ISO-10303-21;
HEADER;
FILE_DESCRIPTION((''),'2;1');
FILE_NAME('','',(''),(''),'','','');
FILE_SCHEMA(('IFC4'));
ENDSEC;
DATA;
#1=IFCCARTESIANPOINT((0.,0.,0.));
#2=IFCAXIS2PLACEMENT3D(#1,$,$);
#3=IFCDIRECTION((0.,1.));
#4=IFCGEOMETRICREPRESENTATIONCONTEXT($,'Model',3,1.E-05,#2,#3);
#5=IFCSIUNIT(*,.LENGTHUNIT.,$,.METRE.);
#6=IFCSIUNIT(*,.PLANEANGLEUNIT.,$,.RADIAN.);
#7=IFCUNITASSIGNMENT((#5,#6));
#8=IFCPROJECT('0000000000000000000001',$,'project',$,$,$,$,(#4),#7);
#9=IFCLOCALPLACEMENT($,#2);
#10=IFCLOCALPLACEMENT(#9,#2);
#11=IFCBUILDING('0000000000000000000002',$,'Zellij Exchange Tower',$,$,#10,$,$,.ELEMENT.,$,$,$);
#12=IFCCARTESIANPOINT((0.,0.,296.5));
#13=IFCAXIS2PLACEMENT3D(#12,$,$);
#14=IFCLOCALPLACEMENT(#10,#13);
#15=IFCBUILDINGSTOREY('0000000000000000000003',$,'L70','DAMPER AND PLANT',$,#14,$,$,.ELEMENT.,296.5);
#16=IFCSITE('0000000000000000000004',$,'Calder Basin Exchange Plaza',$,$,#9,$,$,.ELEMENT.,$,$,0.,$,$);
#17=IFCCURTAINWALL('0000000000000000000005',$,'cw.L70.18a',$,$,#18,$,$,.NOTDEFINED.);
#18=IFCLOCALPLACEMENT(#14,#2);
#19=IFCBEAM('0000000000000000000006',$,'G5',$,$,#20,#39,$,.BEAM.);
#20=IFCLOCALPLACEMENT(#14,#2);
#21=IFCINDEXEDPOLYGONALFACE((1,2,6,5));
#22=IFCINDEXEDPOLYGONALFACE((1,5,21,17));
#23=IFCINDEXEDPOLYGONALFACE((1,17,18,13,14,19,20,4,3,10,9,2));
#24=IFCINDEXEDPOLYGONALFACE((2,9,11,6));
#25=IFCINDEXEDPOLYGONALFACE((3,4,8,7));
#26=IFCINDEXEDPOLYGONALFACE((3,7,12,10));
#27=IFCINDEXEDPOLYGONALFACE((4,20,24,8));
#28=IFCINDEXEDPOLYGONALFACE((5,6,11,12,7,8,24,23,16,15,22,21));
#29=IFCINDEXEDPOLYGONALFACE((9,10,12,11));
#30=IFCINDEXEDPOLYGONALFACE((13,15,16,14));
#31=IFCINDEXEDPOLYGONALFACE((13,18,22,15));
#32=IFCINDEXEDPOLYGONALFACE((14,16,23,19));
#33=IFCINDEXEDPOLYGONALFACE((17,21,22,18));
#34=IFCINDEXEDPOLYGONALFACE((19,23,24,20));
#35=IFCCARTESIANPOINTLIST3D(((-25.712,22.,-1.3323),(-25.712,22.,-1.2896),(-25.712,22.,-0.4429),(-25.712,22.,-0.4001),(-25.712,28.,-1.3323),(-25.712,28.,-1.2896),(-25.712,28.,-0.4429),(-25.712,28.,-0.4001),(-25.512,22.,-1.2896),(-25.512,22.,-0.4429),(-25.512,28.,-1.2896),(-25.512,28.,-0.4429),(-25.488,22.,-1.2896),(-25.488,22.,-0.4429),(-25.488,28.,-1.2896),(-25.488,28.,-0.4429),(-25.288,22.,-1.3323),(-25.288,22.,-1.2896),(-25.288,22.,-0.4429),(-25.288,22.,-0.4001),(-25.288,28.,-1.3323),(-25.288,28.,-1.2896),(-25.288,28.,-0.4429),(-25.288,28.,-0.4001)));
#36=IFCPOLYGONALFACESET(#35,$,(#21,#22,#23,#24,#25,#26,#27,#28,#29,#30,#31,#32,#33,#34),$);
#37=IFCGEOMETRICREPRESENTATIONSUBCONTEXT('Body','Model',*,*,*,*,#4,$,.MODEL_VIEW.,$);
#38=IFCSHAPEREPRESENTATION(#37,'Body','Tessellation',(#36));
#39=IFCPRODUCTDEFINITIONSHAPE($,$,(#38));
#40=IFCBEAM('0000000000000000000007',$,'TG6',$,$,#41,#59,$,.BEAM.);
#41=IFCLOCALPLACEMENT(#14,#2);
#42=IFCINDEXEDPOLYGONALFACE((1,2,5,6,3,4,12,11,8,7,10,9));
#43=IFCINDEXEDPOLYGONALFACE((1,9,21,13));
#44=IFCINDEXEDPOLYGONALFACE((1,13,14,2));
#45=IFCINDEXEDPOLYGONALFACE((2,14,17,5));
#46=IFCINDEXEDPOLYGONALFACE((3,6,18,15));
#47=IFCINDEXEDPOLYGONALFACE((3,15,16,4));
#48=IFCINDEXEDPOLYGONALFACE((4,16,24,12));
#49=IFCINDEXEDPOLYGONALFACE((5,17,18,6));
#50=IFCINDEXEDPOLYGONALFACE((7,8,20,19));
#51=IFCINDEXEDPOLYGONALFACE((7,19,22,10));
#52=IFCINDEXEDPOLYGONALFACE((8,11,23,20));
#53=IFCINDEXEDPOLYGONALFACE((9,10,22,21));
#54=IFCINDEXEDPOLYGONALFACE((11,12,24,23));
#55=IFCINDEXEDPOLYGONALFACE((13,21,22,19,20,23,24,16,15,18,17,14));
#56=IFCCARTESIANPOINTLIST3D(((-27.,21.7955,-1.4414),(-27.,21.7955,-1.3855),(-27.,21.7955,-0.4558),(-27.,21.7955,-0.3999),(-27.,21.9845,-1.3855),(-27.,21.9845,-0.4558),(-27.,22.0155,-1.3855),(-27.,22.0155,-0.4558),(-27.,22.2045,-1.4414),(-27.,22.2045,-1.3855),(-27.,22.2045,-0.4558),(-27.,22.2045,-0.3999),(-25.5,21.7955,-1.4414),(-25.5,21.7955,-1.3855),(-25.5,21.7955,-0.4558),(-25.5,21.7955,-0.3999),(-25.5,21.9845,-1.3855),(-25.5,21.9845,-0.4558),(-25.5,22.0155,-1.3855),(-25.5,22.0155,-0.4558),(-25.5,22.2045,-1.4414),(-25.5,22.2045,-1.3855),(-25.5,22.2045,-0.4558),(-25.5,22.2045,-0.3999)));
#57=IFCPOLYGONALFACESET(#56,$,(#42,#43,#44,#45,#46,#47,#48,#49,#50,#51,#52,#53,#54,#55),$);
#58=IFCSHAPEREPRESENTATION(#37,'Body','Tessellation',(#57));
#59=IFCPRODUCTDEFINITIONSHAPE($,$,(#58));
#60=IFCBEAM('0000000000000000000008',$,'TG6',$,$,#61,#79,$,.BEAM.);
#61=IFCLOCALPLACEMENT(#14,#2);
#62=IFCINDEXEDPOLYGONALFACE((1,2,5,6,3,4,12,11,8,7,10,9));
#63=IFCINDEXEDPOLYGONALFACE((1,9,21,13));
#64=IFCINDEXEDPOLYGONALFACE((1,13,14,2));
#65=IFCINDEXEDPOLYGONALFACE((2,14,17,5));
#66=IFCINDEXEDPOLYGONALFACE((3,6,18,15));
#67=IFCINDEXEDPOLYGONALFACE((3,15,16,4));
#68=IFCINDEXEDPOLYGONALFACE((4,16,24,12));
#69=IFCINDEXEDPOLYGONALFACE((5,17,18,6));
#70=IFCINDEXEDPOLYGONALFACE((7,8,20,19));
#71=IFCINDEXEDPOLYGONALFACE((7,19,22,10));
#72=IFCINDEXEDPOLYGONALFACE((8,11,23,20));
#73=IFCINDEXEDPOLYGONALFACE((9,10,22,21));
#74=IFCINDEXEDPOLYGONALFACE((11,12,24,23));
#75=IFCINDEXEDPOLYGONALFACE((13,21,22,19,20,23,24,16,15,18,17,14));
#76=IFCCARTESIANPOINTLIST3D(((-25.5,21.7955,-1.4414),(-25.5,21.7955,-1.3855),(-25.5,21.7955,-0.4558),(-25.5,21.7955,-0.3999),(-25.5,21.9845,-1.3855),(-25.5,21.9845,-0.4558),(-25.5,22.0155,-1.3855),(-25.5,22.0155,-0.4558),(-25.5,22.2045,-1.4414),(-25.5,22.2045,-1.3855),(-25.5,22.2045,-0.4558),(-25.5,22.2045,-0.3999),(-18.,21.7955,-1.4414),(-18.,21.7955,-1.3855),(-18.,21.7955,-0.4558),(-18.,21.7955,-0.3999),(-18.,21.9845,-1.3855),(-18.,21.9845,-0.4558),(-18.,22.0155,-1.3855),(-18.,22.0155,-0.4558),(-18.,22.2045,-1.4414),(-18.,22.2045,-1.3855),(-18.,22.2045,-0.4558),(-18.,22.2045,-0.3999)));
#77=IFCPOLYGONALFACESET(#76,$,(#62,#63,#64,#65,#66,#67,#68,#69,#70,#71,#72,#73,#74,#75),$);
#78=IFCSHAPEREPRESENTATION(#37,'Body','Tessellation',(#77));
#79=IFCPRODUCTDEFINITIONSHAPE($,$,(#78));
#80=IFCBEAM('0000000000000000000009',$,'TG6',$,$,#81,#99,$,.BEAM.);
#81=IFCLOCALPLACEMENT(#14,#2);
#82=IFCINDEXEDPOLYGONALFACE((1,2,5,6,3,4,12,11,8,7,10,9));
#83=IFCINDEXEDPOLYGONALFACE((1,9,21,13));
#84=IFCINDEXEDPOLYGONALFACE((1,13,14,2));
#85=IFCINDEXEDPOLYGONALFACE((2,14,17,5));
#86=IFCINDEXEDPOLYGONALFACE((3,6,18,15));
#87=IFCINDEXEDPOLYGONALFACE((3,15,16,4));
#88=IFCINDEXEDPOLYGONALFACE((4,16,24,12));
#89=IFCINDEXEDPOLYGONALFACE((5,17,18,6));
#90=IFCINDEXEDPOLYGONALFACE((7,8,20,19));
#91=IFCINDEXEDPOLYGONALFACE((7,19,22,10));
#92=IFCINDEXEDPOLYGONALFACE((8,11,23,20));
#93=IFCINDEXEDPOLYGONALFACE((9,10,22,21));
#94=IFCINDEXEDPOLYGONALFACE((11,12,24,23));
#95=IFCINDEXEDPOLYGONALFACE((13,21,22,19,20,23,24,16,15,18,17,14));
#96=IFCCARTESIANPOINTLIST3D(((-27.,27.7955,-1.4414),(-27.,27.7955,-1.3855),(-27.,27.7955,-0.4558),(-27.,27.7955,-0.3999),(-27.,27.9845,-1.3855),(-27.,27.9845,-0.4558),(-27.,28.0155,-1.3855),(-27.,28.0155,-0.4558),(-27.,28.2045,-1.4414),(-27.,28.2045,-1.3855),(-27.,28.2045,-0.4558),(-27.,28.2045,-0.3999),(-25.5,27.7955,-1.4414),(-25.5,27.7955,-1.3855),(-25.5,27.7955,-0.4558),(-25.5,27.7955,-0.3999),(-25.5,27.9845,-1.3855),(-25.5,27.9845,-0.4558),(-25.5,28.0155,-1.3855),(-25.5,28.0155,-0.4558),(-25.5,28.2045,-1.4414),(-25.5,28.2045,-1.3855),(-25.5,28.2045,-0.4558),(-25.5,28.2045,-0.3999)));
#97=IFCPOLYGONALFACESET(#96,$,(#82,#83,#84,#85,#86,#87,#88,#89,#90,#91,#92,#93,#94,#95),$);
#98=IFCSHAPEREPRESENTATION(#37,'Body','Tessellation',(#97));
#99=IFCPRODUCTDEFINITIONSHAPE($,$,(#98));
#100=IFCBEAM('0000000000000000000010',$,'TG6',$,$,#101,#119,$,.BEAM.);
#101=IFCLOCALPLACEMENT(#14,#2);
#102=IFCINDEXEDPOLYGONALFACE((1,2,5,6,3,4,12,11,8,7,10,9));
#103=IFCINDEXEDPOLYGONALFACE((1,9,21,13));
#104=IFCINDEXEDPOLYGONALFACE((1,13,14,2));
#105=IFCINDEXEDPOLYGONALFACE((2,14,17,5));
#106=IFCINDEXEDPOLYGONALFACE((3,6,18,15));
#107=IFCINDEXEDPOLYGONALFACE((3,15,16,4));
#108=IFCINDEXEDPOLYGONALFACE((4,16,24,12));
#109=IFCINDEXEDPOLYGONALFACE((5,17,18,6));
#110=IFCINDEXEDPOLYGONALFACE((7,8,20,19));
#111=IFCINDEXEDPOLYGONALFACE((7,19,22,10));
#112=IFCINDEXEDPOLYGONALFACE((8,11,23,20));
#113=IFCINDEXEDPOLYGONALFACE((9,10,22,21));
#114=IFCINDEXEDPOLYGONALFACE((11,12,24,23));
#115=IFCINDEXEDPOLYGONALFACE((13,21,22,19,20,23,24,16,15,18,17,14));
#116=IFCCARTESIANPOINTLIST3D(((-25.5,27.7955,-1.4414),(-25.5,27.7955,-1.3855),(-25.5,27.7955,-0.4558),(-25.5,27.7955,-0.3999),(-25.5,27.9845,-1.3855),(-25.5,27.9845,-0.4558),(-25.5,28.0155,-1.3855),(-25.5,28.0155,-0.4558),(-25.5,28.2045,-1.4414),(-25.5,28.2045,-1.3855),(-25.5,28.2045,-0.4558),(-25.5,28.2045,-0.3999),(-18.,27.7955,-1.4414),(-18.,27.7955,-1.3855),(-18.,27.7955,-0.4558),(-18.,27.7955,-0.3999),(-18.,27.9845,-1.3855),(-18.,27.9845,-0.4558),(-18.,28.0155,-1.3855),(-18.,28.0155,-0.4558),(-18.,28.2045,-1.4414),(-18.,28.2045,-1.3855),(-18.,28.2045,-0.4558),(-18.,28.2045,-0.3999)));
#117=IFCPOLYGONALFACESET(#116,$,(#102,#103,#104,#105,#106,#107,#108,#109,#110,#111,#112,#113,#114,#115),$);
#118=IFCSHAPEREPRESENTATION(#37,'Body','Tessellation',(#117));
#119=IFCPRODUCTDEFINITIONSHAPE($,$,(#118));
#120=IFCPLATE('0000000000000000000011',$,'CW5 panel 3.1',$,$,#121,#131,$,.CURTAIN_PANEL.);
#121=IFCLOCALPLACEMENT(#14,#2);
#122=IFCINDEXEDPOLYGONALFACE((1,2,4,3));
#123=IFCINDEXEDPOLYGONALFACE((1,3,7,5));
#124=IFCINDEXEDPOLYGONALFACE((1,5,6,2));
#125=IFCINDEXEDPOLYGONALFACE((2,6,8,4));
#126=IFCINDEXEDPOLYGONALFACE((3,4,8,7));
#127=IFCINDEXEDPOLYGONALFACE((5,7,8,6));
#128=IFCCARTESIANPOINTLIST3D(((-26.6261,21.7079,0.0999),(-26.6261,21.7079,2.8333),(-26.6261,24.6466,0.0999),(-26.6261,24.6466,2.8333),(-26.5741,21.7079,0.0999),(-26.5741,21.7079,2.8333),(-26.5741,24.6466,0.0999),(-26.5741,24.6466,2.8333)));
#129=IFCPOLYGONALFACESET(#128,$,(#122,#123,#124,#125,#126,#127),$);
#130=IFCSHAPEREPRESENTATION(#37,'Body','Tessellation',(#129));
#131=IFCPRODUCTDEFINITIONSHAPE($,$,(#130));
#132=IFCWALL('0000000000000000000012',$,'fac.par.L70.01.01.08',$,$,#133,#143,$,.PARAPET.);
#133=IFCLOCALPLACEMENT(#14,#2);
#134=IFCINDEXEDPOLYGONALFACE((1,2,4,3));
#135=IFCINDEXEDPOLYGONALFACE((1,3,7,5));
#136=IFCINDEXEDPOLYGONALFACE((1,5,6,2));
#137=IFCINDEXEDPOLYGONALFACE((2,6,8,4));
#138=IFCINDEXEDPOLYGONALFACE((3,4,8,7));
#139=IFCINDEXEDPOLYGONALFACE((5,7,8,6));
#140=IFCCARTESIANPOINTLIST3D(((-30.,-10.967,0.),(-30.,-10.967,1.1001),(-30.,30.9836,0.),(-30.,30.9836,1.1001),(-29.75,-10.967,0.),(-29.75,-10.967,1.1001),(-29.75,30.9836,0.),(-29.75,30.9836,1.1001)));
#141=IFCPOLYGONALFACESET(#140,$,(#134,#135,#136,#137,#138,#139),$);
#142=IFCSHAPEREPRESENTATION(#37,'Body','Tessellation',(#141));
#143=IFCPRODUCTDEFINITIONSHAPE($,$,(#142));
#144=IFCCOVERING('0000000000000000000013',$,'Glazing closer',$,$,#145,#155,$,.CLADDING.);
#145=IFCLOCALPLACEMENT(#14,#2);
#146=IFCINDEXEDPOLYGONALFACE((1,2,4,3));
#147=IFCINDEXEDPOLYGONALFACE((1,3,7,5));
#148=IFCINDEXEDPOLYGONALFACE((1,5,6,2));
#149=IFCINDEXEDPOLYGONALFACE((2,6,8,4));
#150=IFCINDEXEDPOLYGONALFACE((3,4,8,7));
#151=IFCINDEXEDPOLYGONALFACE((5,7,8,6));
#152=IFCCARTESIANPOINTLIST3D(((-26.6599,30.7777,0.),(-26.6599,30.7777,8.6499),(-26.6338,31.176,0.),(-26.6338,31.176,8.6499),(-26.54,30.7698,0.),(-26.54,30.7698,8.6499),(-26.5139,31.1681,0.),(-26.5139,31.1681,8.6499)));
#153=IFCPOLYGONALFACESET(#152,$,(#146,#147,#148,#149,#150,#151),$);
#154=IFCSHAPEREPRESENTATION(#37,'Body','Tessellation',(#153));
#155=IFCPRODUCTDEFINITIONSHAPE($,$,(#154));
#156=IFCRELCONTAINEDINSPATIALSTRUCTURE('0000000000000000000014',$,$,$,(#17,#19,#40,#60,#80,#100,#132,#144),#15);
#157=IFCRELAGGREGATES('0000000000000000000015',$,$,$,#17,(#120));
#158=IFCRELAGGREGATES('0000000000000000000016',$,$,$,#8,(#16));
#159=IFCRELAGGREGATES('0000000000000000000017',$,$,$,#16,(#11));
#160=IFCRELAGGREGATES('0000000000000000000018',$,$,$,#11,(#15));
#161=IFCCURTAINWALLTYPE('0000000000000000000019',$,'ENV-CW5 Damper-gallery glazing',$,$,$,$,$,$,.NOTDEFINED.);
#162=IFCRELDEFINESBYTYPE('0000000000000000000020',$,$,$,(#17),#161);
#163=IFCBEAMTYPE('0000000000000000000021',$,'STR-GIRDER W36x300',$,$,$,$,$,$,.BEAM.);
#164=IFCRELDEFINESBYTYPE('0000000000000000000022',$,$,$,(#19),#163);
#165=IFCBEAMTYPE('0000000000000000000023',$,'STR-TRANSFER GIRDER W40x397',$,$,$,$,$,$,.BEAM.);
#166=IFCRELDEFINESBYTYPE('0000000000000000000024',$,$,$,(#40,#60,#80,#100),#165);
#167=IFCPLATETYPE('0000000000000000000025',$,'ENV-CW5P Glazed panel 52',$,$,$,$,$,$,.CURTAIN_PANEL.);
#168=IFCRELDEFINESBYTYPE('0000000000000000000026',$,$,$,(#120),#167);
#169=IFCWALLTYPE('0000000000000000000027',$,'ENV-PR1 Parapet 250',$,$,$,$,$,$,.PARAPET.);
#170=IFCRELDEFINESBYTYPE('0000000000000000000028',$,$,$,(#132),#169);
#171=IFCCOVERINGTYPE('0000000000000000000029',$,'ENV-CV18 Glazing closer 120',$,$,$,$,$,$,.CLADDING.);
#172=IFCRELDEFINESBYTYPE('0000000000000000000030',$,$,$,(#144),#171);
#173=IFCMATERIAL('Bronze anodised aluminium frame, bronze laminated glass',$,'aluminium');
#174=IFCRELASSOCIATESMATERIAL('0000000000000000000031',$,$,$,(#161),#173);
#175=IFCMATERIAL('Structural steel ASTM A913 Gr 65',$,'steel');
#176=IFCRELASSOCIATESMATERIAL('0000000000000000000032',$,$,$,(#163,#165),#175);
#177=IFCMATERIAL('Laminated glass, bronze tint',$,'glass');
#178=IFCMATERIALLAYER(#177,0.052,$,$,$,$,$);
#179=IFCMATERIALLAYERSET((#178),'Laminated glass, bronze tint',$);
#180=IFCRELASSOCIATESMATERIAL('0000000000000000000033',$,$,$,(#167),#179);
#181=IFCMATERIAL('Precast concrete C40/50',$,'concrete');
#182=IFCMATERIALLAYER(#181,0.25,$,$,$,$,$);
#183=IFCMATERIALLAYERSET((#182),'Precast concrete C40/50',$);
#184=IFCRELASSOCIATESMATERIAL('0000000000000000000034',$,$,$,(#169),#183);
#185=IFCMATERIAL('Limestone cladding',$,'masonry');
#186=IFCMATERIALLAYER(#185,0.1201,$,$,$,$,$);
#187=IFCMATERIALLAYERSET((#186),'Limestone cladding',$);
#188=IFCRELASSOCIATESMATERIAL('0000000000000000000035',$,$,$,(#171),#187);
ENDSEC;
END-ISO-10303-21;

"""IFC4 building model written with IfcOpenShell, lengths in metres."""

from ifc_helpers import new_model, si_unit, direction, frame, frame_2d, origin, origin_2d, place, context, subcontext, project, spatial, rectangle, i_section, extrude, material, layer, layer_set, material_profile, profile_set, type_object, element, aggregate, save


model = new_model("IFC4")

# Units and contexts
model_context = context("Model", 3, precision=1e-05, world=origin(), true_north=direction((0.0, 1.0)))
body_context = subcontext(model_context, "Body", "Model", "MODEL_VIEW")
ifc_project = project(units=[si_unit("LENGTHUNIT", "METRE"), si_unit("PLANEANGLEUNIT", "RADIAN")], contexts=[model_context])

# Site, building, storey
site_placement = place(None, origin())
site = spatial("IfcSite", under=ifc_project, at=site_placement, Name="Calder Basin Exchange Plaza", CompositionType="ELEMENT", RefElevation=0.0)
building_placement = place(site_placement, origin())
building = spatial("IfcBuilding", under=site, at=building_placement, Name="Zellij Exchange Tower", CompositionType="ELEMENT")
storey_placement = place(building_placement, frame((0.0, 0.0, 296.5)))
storey = spatial("IfcBuildingStorey", under=building, at=storey_placement, Name="L70", Description="DAMPER AND PLANT", CompositionType="ELEMENT", Elevation=296.5)

# Shared definitions
ifc_material_1 = material(Name="Bronze anodised aluminium frame, bronze laminated glass", Category="aluminium")
curtain_wall_type = type_object("IfcCurtainWallType", Name="ENV-CW5 Damper-gallery glazing", PredefinedType="NOTDEFINED", material=ifc_material_1)

# Curtain wall
curtain_wall_1_placement = place(storey_placement, origin())
curtain_wall_1 = element("IfcCurtainWall", 1, at=curtain_wall_1_placement, inside=storey, type_object=curtain_wall_type, Name="cw.L70.18a", PredefinedType="NOTDEFINED")

# Beams
ifc_material_2 = material(Name="Structural steel ASTM A913 Gr 65", Category="steel")
ifc_material_profile_1 = material_profile(ifc_material_2, i_section(OverallWidth=0.4241, OverallDepth=0.9321, WebThickness=0.0239, FlangeThickness=0.0427, at=origin_2d()), Name="W36x300")
ifc_profile_set_1 = profile_set([ifc_material_profile_1], Name="Structural steel ASTM A913 Gr 65")
beam_type_1 = type_object("IfcBeamType", Name="STR-GIRDER W36x300", PredefinedType="BEAM", material=ifc_profile_set_1)
beam_1_placement = place(storey_placement, frame((-25.5, 22.0, -0.8662), z_axis=(0.0, 1.0, 0.0), x_axis=(-1.0, 0.0, 0.0)))
element("IfcBeam", 2, at=beam_1_placement, inside=storey, type_object=beam_type_1, Name="G5", PredefinedType="BEAM", context=body_context, shape_type="SweptSolid", body=[
    extrude(i_section(OverallWidth=0.4241, OverallDepth=0.9321, WebThickness=0.0239, FlangeThickness=0.0427, at=origin_2d()), origin(), (0.0, 0.0, 1.0), 6.0),
])
ifc_material_profile_2 = material_profile(ifc_material_2, i_section(OverallWidth=0.4089, OverallDepth=1.0415, WebThickness=0.031, FlangeThickness=0.0559, at=origin_2d()), Name="W40x397")
ifc_profile_set_2 = profile_set([ifc_material_profile_2], Name="Structural steel ASTM A913 Gr 65")
beam_type_2 = type_object("IfcBeamType", Name="STR-TRANSFER GIRDER W40x397", PredefinedType="BEAM", material=ifc_profile_set_2)
beam_2_placement = place(storey_placement, frame((-27.0, 22.0, -0.9207), z_axis=(1.0, 0.0, 0.0), x_axis=(0.0, 1.0, 0.0)))
element("IfcBeam", 3, at=beam_2_placement, inside=storey, type_object=beam_type_2, Name="TG6", PredefinedType="BEAM", context=body_context, shape_type="SweptSolid", body=[
    extrude(i_section(OverallWidth=0.4089, OverallDepth=1.0415, WebThickness=0.031, FlangeThickness=0.0559, at=origin_2d()), origin(), (0.0, 0.0, 1.0), 1.5),
])
beam_3_placement = place(storey_placement, frame((-25.5, 22.0, -0.9207), z_axis=(1.0, 0.0, 0.0), x_axis=(0.0, 1.0, 0.0)))
element("IfcBeam", 4, at=beam_3_placement, inside=storey, type_object=beam_type_2, Name="TG6", PredefinedType="BEAM", context=body_context, shape_type="SweptSolid", body=[
    extrude(i_section(OverallWidth=0.4089, OverallDepth=1.0415, WebThickness=0.031, FlangeThickness=0.0559, at=origin_2d()), origin(), (0.0, 0.0, 1.0), 7.5),
])
beam_4_placement = place(storey_placement, frame((-27.0, 28.0, -0.9207), z_axis=(1.0, 0.0, 0.0), x_axis=(0.0, 1.0, 0.0)))
element("IfcBeam", 5, at=beam_4_placement, inside=storey, type_object=beam_type_2, Name="TG6", PredefinedType="BEAM", context=body_context, shape_type="SweptSolid", body=[
    extrude(i_section(OverallWidth=0.4089, OverallDepth=1.0415, WebThickness=0.031, FlangeThickness=0.0559, at=origin_2d()), origin(), (0.0, 0.0, 1.0), 1.5),
])
beam_5_placement = place(storey_placement, frame((-25.5, 28.0, -0.9207), z_axis=(1.0, 0.0, 0.0), x_axis=(0.0, 1.0, 0.0)))
element("IfcBeam", 6, at=beam_5_placement, inside=storey, type_object=beam_type_2, Name="TG6", PredefinedType="BEAM", context=body_context, shape_type="SweptSolid", body=[
    extrude(i_section(OverallWidth=0.4089, OverallDepth=1.0415, WebThickness=0.031, FlangeThickness=0.0559, at=origin_2d()), origin(), (0.0, 0.0, 1.0), 7.5),
])

# Plate
ifc_material_3 = material(Name="Laminated glass, bronze tint", Category="glass")
ifc_layer_1 = layer(ifc_material_3, 0.052)
ifc_layer_set_1 = layer_set([ifc_layer_1], Name="Laminated glass, bronze tint")
plate_type = type_object("IfcPlateType", Name="ENV-CW5P Glazed panel 52", PredefinedType="CURTAIN_PANEL", material=ifc_layer_set_1)
plate_placement = place(storey_placement, frame((-26.6001, 23.1772, 0.0999), z_axis=(0.0, 0.0, 1.0), x_axis=(0.0, -1.0, 0.0)))
plate = element("IfcPlate", 7, at=plate_placement, type_object=plate_type, Name="CW5 panel 3.1", PredefinedType="CURTAIN_PANEL", context=body_context, shape_type="SweptSolid", body=[
    extrude(rectangle(XDim=2.9387, YDim=0.052, at=origin_2d()), origin(), (0.0, 0.0, 1.0), 2.7334),
])
aggregate(curtain_wall_1, [plate])

# Wall
ifc_material_4 = material(Name="Precast concrete C40/50", Category="concrete")
ifc_layer_2 = layer(ifc_material_4, 0.25)
ifc_layer_set_2 = layer_set([ifc_layer_2], Name="Precast concrete C40/50")
wall_type = type_object("IfcWallType", Name="ENV-PR1 Parapet 250", PredefinedType="PARAPET", material=ifc_layer_set_2)
wall_placement = place(storey_placement, frame((-29.875, 30.9836, 0.0), z_axis=(0.0, 0.0, 1.0), x_axis=(0.0, -1.0, 0.0)))
element("IfcWall", 8, at=wall_placement, inside=storey, type_object=wall_type, Name="fac.par.L70.01.01.08", PredefinedType="PARAPET", context=body_context, shape_type="SweptSolid", body=[
    extrude(rectangle(XDim=41.9507, YDim=0.25, at=frame_2d((20.9753, 0.0))), origin(), (0.0, 0.0, 1.0), 1.1001),
])

# Covering
ifc_material_5 = material(Name="Limestone cladding", Category="masonry")
ifc_layer_3 = layer(ifc_material_5, 0.1201)
ifc_layer_set_3 = layer_set([ifc_layer_3], Name="Limestone cladding")
covering_type_1 = type_object("IfcCoveringType", Name="ENV-CV18 Glazing closer 120", PredefinedType="CLADDING", material=ifc_layer_set_3)
covering_placement = place(storey_placement, frame((-26.5869, 30.9729, 0.0), z_axis=(0.0, 0.0, 1.0), x_axis=(-0.065389, -0.99786, 0.0)))
element("IfcCovering", 9, at=covering_placement, inside=storey, type_object=covering_type_1, Name="Glazing closer", PredefinedType="CLADDING", context=body_context, shape_type="SweptSolid", body=[
    extrude(rectangle(XDim=0.3992, YDim=0.1201, at=origin_2d()), origin(), (0.0, 0.0, 1.0), 8.6499),
])

save(model, "model.ifc")
